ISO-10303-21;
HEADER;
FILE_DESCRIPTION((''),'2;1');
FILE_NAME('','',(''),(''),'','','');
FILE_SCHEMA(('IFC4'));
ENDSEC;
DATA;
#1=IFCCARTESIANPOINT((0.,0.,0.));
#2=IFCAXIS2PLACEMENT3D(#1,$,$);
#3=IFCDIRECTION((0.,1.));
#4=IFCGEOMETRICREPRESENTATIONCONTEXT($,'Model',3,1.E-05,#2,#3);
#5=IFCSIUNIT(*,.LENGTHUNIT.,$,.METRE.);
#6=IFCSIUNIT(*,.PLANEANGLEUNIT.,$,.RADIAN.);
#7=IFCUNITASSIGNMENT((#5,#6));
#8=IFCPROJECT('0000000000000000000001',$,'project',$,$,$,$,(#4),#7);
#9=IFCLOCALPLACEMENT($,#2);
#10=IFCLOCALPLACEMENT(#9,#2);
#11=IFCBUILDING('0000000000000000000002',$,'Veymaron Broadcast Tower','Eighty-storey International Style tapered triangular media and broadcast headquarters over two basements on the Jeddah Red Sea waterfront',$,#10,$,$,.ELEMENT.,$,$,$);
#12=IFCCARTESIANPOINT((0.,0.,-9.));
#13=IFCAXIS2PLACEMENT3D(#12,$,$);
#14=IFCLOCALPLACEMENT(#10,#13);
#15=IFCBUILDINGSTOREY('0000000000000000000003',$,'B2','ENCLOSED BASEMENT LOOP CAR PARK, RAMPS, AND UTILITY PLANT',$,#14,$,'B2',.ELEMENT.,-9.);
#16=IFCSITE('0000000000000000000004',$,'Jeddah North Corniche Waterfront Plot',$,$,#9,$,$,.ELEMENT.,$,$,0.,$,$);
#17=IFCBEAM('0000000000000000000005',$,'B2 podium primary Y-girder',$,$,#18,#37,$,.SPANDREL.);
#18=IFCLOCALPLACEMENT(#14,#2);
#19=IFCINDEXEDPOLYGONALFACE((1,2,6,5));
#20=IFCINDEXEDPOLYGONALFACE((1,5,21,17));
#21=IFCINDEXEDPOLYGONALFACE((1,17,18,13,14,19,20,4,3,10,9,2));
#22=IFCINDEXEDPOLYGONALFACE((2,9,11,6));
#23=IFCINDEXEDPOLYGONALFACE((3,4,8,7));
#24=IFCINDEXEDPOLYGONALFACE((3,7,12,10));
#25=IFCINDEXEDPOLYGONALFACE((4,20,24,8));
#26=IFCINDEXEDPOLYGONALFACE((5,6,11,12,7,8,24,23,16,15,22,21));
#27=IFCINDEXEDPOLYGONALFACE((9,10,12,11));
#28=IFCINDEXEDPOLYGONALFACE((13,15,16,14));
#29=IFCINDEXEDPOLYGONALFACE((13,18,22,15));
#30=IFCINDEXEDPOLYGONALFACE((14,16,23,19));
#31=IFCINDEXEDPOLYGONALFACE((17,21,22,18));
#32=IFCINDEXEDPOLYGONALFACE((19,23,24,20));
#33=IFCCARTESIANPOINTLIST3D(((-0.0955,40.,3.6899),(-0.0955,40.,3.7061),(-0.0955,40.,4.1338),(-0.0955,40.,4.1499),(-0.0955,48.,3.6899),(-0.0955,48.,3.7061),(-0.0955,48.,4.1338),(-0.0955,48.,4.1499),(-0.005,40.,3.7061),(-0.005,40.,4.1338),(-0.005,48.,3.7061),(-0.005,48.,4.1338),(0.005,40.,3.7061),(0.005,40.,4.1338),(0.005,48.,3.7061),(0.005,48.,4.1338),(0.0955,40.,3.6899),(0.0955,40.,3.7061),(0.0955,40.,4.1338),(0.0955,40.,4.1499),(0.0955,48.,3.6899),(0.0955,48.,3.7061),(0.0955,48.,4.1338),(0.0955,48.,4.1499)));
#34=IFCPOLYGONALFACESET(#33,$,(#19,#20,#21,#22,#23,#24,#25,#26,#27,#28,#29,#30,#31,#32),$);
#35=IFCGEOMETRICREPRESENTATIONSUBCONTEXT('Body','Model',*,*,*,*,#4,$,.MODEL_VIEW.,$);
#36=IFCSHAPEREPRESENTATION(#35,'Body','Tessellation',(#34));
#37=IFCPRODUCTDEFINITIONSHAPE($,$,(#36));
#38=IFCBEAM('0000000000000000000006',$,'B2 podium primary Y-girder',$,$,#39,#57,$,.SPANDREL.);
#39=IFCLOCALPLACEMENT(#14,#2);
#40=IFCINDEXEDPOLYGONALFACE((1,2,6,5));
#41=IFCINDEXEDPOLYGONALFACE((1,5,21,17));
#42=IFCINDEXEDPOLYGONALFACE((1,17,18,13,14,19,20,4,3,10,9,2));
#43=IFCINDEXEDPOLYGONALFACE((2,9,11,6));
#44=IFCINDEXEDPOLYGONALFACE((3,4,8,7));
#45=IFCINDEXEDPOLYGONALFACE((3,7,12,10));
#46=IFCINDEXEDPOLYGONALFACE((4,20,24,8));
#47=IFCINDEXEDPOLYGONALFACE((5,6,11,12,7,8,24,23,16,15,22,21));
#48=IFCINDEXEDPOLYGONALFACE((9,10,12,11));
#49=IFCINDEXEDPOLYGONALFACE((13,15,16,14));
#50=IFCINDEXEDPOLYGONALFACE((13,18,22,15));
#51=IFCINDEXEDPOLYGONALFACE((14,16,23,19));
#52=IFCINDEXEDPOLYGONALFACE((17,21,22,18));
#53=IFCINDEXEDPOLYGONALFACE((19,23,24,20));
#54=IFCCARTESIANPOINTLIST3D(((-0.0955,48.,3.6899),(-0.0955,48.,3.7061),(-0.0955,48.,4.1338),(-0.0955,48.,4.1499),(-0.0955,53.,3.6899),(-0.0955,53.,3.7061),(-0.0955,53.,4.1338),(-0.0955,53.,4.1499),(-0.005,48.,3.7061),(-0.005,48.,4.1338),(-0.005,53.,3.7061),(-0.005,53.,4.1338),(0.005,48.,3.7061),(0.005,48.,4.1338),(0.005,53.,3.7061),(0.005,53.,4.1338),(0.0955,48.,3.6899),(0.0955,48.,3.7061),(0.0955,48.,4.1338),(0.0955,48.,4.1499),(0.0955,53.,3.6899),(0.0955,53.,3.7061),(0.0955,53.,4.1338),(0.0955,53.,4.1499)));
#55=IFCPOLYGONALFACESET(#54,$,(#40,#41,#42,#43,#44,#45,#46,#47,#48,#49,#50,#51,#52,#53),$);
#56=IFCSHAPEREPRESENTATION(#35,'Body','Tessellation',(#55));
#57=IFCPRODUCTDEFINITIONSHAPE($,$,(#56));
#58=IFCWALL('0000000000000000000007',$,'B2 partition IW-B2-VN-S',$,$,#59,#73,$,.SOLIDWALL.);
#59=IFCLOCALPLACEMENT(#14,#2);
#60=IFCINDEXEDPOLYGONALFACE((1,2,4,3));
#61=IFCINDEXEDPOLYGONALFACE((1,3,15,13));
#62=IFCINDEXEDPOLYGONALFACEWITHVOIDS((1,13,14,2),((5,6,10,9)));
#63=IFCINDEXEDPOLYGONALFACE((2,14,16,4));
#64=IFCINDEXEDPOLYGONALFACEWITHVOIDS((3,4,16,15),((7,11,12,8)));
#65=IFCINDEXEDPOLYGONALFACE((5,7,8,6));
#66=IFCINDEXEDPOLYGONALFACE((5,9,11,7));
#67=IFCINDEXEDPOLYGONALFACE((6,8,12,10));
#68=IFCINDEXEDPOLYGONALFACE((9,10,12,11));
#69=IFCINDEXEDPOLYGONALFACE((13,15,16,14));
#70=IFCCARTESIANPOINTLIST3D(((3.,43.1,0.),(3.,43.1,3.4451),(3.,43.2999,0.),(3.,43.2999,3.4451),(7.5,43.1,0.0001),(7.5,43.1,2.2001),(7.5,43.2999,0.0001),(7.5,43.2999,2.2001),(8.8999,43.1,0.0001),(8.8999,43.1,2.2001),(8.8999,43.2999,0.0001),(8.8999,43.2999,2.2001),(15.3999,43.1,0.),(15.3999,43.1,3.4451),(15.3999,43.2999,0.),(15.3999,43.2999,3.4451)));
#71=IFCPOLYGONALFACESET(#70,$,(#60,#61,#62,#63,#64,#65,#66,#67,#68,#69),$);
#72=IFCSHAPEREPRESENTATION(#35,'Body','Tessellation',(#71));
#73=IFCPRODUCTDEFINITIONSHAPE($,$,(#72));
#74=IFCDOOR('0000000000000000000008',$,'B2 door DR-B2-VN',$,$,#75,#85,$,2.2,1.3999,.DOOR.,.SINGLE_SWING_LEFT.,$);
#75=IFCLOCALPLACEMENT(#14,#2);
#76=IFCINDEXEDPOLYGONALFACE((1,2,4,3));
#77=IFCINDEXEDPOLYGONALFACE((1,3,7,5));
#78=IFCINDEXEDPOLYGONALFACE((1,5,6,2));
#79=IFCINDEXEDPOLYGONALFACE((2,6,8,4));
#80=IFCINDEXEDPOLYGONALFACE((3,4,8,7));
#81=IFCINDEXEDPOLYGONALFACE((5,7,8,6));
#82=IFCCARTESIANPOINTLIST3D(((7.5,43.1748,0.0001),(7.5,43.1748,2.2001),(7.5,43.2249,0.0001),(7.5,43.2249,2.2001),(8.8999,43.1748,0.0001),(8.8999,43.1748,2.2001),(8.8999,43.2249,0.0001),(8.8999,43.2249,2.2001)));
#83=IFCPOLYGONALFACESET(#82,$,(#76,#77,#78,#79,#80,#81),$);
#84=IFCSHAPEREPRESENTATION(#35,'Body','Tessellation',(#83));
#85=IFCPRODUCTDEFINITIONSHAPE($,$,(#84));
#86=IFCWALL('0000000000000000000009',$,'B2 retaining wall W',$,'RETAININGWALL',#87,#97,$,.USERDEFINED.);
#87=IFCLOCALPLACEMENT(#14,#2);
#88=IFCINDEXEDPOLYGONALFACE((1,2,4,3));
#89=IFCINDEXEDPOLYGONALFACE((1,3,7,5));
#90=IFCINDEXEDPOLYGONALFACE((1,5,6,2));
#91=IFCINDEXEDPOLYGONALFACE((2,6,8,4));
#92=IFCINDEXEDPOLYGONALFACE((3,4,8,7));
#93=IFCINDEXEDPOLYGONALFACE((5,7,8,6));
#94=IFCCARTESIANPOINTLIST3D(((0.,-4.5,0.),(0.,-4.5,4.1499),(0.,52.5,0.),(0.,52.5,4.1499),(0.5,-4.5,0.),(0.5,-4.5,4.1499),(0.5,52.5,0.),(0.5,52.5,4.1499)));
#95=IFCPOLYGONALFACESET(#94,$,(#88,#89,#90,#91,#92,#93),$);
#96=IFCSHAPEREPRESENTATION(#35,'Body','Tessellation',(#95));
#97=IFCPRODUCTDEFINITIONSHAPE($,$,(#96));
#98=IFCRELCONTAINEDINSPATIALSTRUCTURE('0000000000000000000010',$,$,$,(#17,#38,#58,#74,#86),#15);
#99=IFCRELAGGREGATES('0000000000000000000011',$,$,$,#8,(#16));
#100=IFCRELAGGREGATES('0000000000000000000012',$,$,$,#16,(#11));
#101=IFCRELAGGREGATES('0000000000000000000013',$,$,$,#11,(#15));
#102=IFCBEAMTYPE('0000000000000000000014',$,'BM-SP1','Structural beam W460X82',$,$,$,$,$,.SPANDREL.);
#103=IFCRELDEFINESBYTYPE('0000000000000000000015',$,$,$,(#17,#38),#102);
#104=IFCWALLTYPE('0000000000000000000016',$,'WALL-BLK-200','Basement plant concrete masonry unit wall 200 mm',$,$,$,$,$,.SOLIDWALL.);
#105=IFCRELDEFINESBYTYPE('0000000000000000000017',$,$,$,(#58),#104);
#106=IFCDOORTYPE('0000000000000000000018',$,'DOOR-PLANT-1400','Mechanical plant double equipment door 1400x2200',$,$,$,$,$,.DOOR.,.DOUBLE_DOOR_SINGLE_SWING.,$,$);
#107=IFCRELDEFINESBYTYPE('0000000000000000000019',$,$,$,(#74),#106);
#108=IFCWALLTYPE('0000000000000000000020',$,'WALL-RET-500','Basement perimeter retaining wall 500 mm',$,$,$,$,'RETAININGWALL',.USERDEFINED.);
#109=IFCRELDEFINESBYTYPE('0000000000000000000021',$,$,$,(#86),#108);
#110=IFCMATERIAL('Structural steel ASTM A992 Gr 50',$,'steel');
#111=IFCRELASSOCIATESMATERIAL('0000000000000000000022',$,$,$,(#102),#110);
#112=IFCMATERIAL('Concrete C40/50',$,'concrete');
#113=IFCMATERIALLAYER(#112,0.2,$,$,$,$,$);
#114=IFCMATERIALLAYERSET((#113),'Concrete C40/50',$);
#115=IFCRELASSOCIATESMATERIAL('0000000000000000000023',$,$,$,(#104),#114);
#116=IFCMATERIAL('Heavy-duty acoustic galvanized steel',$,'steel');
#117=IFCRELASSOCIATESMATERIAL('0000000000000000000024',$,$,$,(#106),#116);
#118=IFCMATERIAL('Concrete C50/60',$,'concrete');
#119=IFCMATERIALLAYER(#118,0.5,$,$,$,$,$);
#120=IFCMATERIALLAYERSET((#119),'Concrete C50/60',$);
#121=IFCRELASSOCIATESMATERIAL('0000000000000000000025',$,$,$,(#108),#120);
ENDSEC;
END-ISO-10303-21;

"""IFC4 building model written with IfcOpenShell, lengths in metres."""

from ifc_helpers import new_model, si_unit, direction, frame, frame_2d, origin, origin_2d, place, context, subcontext, project, spatial, rectangle, i_section, extrude, material, layer, layer_set, material_profile, profile_set, type_object, element, fill, save


model = new_model("IFC4")

# Units and contexts
model_context = context("Model", 3, precision=1e-05, world=origin(), true_north=direction((0.0, 1.0)))
body_context = subcontext(model_context, "Body", "Model", "MODEL_VIEW")
ifc_project = project(units=[si_unit("LENGTHUNIT", "METRE"), si_unit("PLANEANGLEUNIT", "RADIAN")], contexts=[model_context])

# Site, building, storey
site_placement = place(None, origin())
site = spatial("IfcSite", under=ifc_project, at=site_placement, Name="Jeddah North Corniche Waterfront Plot", CompositionType="ELEMENT", RefElevation=0.0)
building_placement = place(site_placement, origin())
building = spatial("IfcBuilding", under=site, at=building_placement, Name="Veymaron Broadcast Tower", Description="Eighty-storey International Style tapered triangular media and broadcast headquarters over two basements on the Jeddah Red Sea waterfront", CompositionType="ELEMENT")
storey_placement = place(building_placement, frame((0.0, 0.0, -9.0)))
storey = spatial("IfcBuildingStorey", under=building, at=storey_placement, Name="B2", Description="ENCLOSED BASEMENT LOOP CAR PARK, RAMPS, AND UTILITY PLANT", LongName="B2", CompositionType="ELEMENT", Elevation=-9.0)

# Shared definitions
ifc_material_1 = material(Name="Concrete C50/60", Category="concrete")

# Beams
ifc_material_2 = material(Name="Structural steel ASTM A992 Gr 50", Category="steel")
ifc_material_profile_1 = material_profile(ifc_material_2, i_section(OverallWidth=0.1909, OverallDepth=0.46, WebThickness=0.01, FlangeThickness=0.0161, at=origin_2d()), Name="W460X82")
ifc_profile_set_1 = profile_set([ifc_material_profile_1], Name="Structural steel ASTM A992 Gr 50")
beam_type_1 = type_object("IfcBeamType", Name="BM-SP1", Description="Structural beam W460X82", PredefinedType="SPANDREL", material=ifc_profile_set_1)
beam_1_placement = place(storey_placement, frame((0.0, 40.0, 3.9199), z_axis=(0.0, 1.0, 0.0), x_axis=(-1.0, 0.0, 0.0)))
element("IfcBeam", 1, at=beam_1_placement, inside=storey, type_object=beam_type_1, Name="B2 podium primary Y-girder", PredefinedType="SPANDREL", context=body_context, shape_type="SweptSolid", body=[
    extrude(i_section(OverallWidth=0.1909, OverallDepth=0.46, WebThickness=0.01, FlangeThickness=0.0161, at=origin_2d()), origin(), (0.0, 0.0, 1.0), 8.0),
])
beam_2_placement = place(storey_placement, frame((0.0, 48.0, 3.9199), z_axis=(0.0, 1.0, 0.0), x_axis=(-1.0, 0.0, 0.0)))
element("IfcBeam", 2, at=beam_2_placement, inside=storey, type_object=beam_type_1, Name="B2 podium primary Y-girder", PredefinedType="SPANDREL", context=body_context, shape_type="SweptSolid", body=[
    extrude(i_section(OverallWidth=0.1909, OverallDepth=0.46, WebThickness=0.01, FlangeThickness=0.0161, at=origin_2d()), origin(), (0.0, 0.0, 1.0), 5.0),
])

# Wall, opening, door
ifc_material_3 = material(Name="Concrete C40/50", Category="concrete")
ifc_layer_1 = layer(ifc_material_3, 0.2)
ifc_layer_set_1 = layer_set([ifc_layer_1], Name="Concrete C40/50")
wall_type_1 = type_object("IfcWallType", Name="WALL-BLK-200", Description="Basement plant concrete masonry unit wall 200 mm", PredefinedType="SOLIDWALL", material=ifc_layer_set_1)
wall_1_placement = place(storey_placement, frame((3.0, 43.2, 0.0), z_axis=(0.0, 0.0, 1.0), x_axis=(1.0, 0.0, 0.0)))
wall_1 = element("IfcWall", 3, at=wall_1_placement, inside=storey, type_object=wall_type_1, Name="B2 partition IW-B2-VN-S", PredefinedType="SOLIDWALL", context=body_context, shape_type="SweptSolid", body=[
    extrude(rectangle(XDim=12.3999, YDim=0.2, at=frame_2d((6.2, 0.0))), origin(), (0.0, 0.0, 1.0), 3.4451),
])
opening_placement = place(wall_1_placement, frame((4.5, 0.0, 0.0)))
opening = element("IfcOpeningElement", 4, at=opening_placement, cuts=wall_1, PredefinedType="OPENING", context=body_context, shape_type="SweptSolid", body=[
    extrude(rectangle(XDim=1.3999, YDim=2.2, at=frame_2d((0.7, 1.1001))), frame((0.0, 0.1099, 0.0), z_axis=(0.0, -1.0, 0.0), x_axis=(1.0, 0.0, 0.0)), (0.0, 0.0, 1.0), 0.22),
])
ifc_material_4 = material(Name="Heavy-duty acoustic galvanized steel", Category="steel")
door_type = type_object("IfcDoorType", Name="DOOR-PLANT-1400", Description="Mechanical plant double equipment door 1400x2200", OperationType="DOUBLE_DOOR_SINGLE_SWING", PredefinedType="DOOR", material=ifc_material_4)
door_placement = place(opening_placement, origin())
door = element("IfcDoor", 5, at=door_placement, inside=storey, type_object=door_type, Name="B2 door DR-B2-VN", OperationType="SINGLE_SWING_LEFT", OverallHeight=2.2, OverallWidth=1.3999, PredefinedType="DOOR", context=body_context, shape_type="SweptSolid", body=[
    extrude(rectangle(XDim=1.3999, YDim=2.2, at=frame_2d((0.7, 1.1001))), frame((0.0, 0.0249, 0.0), z_axis=(0.0, -1.0, 0.0), x_axis=(1.0, 0.0, 0.0)), (0.0, 0.0, 1.0), 0.05),
])
fill(opening, door)

# Wall
ifc_layer_2 = layer(ifc_material_1, 0.5)
ifc_layer_set_2 = layer_set([ifc_layer_2], Name="Concrete C50/60")
wall_type_2 = type_object("IfcWallType", Name="WALL-RET-500", Description="Basement perimeter retaining wall 500 mm", ElementType="RETAININGWALL", PredefinedType="USERDEFINED", material=ifc_layer_set_2)
wall_2_placement = place(storey_placement, frame((0.25, 52.5, 0.0), z_axis=(0.0, 0.0, 1.0), x_axis=(0.0, -1.0, 0.0)))
element("IfcWall", 6, at=wall_2_placement, inside=storey, type_object=wall_type_2, Name="B2 retaining wall W", ObjectType="RETAININGWALL", PredefinedType="USERDEFINED", context=body_context, shape_type="SweptSolid", body=[
    extrude(rectangle(XDim=57.0, YDim=0.5, at=frame_2d((28.5, 0.0))), origin(), (0.0, 0.0, 1.0), 4.1499),
])

save(model, "model.ifc")
